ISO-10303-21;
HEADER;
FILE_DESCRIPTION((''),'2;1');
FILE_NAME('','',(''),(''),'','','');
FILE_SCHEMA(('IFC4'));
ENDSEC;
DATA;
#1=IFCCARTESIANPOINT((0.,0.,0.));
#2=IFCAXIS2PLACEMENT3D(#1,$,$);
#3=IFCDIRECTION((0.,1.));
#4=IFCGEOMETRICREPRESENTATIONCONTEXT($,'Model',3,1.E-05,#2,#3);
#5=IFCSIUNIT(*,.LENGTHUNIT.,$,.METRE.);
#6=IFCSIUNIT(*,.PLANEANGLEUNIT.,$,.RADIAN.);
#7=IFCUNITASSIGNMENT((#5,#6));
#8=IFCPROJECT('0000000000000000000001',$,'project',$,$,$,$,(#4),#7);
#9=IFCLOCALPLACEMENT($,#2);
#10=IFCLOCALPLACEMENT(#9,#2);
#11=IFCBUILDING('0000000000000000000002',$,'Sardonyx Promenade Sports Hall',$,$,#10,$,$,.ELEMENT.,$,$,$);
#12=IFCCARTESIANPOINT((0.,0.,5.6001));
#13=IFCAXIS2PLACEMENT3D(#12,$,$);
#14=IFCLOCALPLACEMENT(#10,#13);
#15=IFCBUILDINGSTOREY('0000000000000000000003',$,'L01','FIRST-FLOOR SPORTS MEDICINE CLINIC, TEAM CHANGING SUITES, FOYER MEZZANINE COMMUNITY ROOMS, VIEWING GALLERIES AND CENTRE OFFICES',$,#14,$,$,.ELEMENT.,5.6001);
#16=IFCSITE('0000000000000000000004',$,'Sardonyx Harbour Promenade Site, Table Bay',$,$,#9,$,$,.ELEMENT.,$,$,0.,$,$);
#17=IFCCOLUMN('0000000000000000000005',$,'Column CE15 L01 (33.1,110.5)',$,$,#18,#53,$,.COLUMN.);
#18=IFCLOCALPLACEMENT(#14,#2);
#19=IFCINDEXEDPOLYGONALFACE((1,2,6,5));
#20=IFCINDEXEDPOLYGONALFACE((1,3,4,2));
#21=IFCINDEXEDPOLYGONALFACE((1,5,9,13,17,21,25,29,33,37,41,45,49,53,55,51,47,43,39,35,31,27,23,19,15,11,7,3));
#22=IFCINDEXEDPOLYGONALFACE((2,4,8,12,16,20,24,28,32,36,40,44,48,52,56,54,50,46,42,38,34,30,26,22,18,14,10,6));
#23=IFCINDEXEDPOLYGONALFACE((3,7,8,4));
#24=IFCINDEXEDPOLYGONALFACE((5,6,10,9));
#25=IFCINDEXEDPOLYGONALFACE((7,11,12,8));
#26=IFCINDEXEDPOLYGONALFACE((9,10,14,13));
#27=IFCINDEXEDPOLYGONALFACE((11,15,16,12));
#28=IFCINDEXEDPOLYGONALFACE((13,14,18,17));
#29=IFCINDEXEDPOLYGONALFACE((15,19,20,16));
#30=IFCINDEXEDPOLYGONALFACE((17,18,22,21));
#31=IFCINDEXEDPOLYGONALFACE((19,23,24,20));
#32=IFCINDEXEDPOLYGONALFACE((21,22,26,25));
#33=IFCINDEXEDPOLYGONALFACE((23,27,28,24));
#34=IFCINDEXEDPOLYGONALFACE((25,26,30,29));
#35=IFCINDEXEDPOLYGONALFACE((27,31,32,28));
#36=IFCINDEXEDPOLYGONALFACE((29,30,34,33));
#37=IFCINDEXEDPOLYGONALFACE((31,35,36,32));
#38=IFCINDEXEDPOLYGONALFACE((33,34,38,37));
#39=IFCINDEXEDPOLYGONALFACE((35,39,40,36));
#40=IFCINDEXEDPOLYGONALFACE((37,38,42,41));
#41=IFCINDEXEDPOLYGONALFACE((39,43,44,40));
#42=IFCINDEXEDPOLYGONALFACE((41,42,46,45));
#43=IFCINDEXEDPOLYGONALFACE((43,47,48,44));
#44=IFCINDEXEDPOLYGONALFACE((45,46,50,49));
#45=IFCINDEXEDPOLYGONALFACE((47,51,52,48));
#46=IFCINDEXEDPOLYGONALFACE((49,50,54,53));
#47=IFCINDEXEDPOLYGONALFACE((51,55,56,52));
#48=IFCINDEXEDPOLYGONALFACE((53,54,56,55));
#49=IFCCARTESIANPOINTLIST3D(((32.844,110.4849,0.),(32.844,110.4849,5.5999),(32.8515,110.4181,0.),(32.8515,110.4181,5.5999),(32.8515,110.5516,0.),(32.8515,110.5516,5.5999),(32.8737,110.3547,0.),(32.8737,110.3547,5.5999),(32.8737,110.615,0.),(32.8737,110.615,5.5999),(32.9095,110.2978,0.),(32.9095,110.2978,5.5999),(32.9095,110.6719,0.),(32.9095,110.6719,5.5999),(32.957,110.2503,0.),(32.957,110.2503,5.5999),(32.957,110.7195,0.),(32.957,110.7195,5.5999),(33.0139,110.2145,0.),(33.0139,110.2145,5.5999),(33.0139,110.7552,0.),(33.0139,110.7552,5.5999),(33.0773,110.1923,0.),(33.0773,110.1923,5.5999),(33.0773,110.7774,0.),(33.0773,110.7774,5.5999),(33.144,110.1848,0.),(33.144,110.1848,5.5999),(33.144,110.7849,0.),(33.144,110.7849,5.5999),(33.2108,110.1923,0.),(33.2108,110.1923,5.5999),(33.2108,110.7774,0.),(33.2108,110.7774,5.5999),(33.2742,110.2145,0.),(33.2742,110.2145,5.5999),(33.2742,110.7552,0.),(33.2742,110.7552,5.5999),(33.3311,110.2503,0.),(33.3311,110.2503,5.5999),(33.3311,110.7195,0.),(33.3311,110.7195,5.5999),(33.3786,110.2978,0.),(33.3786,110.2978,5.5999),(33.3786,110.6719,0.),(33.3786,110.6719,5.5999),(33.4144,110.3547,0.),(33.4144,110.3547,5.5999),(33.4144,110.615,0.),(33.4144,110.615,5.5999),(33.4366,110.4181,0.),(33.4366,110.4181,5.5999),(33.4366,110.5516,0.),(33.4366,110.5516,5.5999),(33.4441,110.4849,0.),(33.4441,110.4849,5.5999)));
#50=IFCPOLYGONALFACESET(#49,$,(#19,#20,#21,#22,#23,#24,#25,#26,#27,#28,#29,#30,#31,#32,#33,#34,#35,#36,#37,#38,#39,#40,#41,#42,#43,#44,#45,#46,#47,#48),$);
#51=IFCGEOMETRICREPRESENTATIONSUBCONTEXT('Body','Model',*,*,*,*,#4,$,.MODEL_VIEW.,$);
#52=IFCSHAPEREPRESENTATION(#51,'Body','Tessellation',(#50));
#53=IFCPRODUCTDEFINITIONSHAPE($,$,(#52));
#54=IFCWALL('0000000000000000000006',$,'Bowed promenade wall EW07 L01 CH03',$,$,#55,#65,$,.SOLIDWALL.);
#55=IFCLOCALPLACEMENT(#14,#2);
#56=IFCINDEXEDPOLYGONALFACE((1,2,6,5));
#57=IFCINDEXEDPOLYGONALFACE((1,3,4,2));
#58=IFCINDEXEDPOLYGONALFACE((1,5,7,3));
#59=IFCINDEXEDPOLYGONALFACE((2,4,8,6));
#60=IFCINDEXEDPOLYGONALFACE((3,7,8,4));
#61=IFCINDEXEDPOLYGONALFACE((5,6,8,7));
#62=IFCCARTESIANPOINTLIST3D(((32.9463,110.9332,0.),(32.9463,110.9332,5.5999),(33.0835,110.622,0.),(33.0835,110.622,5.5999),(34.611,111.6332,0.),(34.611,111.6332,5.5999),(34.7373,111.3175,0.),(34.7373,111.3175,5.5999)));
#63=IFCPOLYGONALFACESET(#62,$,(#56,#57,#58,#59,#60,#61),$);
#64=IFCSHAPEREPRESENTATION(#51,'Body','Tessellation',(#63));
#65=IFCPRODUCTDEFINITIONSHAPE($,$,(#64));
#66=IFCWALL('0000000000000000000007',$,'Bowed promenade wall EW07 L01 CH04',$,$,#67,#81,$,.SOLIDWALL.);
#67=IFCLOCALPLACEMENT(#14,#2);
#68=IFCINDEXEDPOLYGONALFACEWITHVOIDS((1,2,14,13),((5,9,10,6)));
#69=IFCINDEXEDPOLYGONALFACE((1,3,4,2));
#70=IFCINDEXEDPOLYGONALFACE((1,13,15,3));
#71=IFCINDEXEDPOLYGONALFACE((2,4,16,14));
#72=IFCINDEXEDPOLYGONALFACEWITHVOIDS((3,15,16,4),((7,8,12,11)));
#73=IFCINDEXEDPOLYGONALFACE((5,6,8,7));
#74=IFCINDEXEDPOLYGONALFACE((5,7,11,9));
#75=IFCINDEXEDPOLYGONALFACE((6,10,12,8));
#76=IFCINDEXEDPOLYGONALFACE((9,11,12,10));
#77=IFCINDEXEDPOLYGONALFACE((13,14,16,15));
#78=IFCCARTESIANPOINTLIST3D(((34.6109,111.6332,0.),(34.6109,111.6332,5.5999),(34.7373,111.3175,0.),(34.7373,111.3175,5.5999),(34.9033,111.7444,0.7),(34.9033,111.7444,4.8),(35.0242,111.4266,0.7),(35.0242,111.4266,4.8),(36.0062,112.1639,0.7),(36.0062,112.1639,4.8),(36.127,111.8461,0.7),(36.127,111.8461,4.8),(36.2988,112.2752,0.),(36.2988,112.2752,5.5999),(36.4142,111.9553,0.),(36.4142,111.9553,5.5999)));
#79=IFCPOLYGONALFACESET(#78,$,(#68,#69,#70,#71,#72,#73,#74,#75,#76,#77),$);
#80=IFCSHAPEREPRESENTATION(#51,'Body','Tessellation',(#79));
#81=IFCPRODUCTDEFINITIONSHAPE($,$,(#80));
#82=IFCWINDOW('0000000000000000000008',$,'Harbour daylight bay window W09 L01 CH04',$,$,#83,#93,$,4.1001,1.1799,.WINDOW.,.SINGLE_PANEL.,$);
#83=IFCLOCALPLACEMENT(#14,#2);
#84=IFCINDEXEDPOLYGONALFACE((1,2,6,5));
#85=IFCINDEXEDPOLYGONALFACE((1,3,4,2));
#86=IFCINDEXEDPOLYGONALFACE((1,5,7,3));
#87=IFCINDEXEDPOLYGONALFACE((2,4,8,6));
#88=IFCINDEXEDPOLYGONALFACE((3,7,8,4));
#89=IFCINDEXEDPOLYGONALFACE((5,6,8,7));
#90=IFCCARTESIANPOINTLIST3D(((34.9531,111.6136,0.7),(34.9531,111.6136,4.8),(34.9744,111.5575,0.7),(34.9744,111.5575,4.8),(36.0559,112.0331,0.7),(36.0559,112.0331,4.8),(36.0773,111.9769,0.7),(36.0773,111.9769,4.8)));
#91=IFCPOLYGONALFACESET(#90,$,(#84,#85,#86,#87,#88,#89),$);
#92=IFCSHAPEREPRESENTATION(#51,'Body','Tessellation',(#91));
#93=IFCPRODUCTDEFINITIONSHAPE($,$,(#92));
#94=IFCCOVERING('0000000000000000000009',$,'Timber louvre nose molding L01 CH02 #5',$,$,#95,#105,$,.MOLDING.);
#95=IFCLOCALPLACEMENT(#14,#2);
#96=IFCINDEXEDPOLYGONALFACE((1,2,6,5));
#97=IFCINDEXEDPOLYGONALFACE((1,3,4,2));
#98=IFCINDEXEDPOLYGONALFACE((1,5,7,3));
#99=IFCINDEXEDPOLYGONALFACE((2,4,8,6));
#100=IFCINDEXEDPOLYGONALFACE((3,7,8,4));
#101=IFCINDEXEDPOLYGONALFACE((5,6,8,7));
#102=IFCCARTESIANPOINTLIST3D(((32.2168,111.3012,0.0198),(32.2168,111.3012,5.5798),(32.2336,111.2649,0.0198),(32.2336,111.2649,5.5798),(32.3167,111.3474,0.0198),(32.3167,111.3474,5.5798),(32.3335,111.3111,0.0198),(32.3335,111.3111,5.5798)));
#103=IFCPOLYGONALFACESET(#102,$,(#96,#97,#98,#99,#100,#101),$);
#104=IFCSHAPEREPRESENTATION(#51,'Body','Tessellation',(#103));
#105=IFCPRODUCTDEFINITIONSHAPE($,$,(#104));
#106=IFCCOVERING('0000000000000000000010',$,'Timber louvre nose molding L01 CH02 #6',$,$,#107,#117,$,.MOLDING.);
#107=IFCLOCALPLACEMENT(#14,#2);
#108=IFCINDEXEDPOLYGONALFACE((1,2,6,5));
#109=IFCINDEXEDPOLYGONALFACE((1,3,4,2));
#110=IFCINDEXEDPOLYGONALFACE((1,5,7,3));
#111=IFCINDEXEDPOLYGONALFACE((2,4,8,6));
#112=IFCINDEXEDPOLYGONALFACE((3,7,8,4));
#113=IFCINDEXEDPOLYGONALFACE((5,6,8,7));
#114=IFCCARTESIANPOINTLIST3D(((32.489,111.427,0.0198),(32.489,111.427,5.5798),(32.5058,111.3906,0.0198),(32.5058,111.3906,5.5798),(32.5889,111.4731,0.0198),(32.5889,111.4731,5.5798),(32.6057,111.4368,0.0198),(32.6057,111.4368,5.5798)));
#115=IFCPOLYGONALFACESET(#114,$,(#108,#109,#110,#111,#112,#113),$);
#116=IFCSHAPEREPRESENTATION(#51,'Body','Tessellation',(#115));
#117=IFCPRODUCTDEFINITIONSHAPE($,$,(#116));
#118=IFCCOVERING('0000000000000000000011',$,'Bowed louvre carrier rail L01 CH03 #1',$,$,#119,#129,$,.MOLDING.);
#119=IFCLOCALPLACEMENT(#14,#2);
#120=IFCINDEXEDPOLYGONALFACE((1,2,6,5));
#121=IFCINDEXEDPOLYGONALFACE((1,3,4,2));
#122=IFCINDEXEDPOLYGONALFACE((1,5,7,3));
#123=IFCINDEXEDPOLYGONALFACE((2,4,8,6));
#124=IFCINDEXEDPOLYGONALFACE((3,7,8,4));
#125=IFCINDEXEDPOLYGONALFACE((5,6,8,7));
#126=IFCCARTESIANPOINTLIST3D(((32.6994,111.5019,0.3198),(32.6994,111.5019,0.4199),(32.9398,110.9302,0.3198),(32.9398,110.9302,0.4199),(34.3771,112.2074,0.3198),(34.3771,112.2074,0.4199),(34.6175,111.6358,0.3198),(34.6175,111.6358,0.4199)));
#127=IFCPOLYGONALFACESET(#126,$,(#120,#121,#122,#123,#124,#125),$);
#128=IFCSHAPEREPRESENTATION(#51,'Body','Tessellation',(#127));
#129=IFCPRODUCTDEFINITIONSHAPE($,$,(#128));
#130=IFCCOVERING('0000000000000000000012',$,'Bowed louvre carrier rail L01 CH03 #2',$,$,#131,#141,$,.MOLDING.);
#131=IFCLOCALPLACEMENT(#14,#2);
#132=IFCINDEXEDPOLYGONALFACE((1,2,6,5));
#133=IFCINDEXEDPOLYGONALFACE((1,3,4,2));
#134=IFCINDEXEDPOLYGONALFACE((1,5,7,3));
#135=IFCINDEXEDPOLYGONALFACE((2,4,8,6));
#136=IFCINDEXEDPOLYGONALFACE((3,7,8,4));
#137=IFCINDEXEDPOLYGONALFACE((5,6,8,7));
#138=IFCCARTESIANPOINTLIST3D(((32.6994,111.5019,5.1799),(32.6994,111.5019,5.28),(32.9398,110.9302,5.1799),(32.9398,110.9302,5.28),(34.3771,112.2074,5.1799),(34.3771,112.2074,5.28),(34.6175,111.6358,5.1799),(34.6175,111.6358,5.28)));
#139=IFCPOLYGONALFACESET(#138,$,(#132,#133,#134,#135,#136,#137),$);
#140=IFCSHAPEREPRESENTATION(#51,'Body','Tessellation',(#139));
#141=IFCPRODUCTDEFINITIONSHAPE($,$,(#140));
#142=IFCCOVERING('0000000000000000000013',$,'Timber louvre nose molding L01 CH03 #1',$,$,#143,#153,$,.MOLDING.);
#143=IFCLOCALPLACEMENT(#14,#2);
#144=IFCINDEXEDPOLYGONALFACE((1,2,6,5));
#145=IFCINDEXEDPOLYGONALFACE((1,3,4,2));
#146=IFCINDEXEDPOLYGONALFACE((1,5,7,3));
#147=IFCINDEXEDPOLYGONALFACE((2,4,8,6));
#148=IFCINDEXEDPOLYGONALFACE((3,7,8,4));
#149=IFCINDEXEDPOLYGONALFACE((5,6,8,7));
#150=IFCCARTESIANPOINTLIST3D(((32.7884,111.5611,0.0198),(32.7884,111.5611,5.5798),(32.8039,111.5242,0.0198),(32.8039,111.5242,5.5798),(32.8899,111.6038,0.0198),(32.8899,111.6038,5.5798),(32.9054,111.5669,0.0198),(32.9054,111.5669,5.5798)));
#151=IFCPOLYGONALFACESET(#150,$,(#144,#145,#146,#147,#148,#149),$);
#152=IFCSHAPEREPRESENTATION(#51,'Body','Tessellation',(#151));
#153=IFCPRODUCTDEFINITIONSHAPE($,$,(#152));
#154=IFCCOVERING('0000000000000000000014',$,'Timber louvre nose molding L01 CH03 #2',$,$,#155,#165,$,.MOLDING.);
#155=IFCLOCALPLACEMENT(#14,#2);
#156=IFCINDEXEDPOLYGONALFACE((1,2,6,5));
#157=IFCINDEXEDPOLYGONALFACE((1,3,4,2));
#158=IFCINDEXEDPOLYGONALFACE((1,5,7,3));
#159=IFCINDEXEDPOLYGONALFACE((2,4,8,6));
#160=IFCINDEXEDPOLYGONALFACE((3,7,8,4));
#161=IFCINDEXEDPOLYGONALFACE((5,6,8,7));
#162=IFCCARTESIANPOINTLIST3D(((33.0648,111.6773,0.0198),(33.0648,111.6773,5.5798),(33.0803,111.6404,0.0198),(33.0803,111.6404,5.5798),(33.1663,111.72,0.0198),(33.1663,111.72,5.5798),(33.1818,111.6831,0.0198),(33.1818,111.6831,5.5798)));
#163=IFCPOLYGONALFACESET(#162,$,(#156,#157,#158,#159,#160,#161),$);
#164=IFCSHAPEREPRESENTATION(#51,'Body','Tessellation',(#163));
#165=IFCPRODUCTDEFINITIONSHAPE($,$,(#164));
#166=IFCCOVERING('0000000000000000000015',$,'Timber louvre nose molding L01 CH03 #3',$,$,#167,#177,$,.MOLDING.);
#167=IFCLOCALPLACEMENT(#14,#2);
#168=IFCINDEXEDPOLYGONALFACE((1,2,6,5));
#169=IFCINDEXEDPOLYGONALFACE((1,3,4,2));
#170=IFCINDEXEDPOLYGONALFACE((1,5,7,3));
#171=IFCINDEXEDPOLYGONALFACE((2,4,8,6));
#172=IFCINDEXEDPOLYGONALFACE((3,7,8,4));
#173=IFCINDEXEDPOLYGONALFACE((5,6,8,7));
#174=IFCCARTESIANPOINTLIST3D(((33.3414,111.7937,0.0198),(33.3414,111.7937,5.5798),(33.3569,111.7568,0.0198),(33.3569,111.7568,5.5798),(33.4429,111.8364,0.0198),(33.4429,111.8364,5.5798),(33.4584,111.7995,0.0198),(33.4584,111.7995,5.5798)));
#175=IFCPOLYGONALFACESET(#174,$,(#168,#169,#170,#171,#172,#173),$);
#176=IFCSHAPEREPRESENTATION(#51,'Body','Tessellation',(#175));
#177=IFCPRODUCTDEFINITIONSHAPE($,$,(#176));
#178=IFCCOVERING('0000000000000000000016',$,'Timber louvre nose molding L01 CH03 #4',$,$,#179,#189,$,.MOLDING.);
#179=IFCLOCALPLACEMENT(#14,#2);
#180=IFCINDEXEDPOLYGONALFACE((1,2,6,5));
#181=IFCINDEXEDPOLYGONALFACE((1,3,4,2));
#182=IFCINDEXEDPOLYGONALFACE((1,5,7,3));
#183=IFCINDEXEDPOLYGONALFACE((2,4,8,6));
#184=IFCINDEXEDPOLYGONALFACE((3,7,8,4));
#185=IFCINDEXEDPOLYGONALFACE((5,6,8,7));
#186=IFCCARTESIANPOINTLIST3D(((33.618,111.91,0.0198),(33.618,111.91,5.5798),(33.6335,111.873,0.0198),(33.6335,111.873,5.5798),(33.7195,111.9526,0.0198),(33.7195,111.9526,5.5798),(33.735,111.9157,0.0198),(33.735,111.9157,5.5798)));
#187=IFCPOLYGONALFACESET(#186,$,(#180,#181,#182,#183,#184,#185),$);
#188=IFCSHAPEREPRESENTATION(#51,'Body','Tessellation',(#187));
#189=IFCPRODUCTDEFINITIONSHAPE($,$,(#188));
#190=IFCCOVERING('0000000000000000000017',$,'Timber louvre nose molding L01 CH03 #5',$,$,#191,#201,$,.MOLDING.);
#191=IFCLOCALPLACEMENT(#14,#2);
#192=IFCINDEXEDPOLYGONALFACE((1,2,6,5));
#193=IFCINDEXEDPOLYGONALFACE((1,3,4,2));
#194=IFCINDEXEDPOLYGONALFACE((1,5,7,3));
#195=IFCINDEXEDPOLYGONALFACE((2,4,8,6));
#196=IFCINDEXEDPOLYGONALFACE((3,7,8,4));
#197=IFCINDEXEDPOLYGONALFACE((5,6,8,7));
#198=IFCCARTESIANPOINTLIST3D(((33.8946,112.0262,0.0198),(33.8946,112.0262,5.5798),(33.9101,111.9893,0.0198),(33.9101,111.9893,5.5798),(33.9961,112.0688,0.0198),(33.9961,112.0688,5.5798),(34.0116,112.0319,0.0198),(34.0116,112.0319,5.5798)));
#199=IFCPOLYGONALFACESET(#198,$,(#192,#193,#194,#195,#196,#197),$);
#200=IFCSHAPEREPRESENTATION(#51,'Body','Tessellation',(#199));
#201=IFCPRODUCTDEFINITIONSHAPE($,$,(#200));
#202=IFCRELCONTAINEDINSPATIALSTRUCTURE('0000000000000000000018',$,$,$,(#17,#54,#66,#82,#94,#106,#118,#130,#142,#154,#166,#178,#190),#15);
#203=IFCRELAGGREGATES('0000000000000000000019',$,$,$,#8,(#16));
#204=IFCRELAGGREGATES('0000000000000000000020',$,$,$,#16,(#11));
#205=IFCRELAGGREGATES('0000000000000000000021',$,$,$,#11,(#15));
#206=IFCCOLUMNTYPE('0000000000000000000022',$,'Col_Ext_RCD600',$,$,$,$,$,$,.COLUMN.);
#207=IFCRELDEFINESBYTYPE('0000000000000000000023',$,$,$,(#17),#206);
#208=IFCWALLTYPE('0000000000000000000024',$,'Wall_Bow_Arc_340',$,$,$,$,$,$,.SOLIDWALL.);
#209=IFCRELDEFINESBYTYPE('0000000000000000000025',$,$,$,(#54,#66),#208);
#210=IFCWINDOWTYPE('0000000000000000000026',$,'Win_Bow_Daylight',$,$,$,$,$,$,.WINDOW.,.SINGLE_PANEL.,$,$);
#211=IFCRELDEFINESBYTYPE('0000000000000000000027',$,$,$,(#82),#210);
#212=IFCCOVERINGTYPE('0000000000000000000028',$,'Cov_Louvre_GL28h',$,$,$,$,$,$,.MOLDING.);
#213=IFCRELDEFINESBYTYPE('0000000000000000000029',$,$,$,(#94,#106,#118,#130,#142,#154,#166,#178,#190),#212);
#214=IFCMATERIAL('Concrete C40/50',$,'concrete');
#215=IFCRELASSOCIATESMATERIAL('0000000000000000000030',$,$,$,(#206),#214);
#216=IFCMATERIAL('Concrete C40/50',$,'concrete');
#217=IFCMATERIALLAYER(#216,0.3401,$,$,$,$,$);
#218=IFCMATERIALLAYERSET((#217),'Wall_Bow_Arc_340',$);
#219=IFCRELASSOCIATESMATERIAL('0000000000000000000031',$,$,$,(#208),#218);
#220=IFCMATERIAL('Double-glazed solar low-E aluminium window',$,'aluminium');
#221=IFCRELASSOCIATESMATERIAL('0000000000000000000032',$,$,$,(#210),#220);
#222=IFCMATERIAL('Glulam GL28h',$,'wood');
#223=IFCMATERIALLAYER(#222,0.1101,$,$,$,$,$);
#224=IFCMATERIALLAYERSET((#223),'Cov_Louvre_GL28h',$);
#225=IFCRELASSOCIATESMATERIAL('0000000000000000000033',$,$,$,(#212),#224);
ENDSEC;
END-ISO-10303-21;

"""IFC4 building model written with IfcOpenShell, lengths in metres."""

from ifc_helpers import new_model, si_unit, direction, frame, frame_2d, origin, origin_2d, place, context, subcontext, project, spatial, polyline, rectangle, circle, outline, extrude, material, layer, layer_set, material_profile, profile_set, type_object, element, fill, save


model = new_model("IFC4")

# Units and contexts
model_context = context("Model", 3, precision=1e-05, world=origin(), true_north=direction((0.0, 1.0)))
body_context = subcontext(model_context, "Body", "Model", "MODEL_VIEW")
ifc_project = project(units=[si_unit("LENGTHUNIT", "METRE"), si_unit("PLANEANGLEUNIT", "RADIAN")], contexts=[model_context])

# Site, building, storey
site_placement = place(None, origin())
site = spatial("IfcSite", under=ifc_project, at=site_placement, Name="Sardonyx Harbour Promenade Site, Table Bay", CompositionType="ELEMENT", RefElevation=0.0)
building_placement = place(site_placement, origin())
building = spatial("IfcBuilding", under=site, at=building_placement, Name="Sardonyx Promenade Sports Hall", CompositionType="ELEMENT")
storey_placement = place(building_placement, frame((0.0, 0.0, 5.6001)))
storey = spatial("IfcBuildingStorey", under=building, at=storey_placement, Name="L01", Description="FIRST-FLOOR SPORTS MEDICINE CLINIC, TEAM CHANGING SUITES, FOYER MEZZANINE COMMUNITY ROOMS, VIEWING GALLERIES AND CENTRE OFFICES", CompositionType="ELEMENT", Elevation=5.6001)

# Column
ifc_material_1 = material(Name="Concrete C40/50", Category="concrete")
ifc_material_profile = material_profile(ifc_material_1, circle(Radius=0.3, at=origin_2d()))
ifc_profile_set = profile_set([ifc_material_profile], Name="Concrete C40/50")
column_type = type_object("IfcColumnType", Name="Col_Ext_RCD600", PredefinedType="COLUMN", material=ifc_profile_set)
column_placement = place(storey_placement, frame((33.144, 110.4849, 0.0), z_axis=(0.0, 0.0, 1.0), x_axis=(1.0, 0.0, 0.0)))
element("IfcColumn", 1, at=column_placement, inside=storey, type_object=column_type, Name="Column CE15 L01 (33.1,110.5)", PredefinedType="COLUMN", context=body_context, shape_type="SweptSolid", body=[
    extrude(circle(Radius=0.3, at=origin_2d()), origin(), (0.0, 0.0, 1.0), 5.5999),
])

# Wall
ifc_material_2 = material(Name="Concrete C40/50", Category="concrete")
ifc_layer_1 = layer(ifc_material_2, 0.3401)
ifc_layer_set_1 = layer_set([ifc_layer_1], Name="Wall_Bow_Arc_340")
wall_type = type_object("IfcWallType", Name="Wall_Bow_Arc_340", PredefinedType="SOLIDWALL", material=ifc_layer_set_1)
wall_1_placement = place(storey_placement, frame((33.0149, 110.7776, 0.0), z_axis=(0.0, 0.0, 1.0), x_axis=(0.921804, 0.387657, 0.0)))
element("IfcWall", 2, at=wall_1_placement, inside=storey, type_object=wall_type, Name="Bowed promenade wall EW07 L01 CH03", PredefinedType="SOLIDWALL", context=body_context, shape_type="SweptSolid", body=[
    extrude(outline(polyline([(0.0029, -0.17), (1.7971, -0.17), (1.8029, 0.17), (-0.0029, 0.17), (0.0029, -0.17)])), origin(), (0.0, 0.0, 1.0), 5.5999),
])

# Wall, opening, window
wall_2_placement = place(storey_placement, frame((34.6741, 111.4753, 0.0), z_axis=(0.0, 0.0, 1.0), x_axis=(0.934675, 0.355505, 0.0)))
wall_2 = element("IfcWall", 3, at=wall_2_placement, inside=storey, type_object=wall_type, Name="Bowed promenade wall EW07 L01 CH04", PredefinedType="SOLIDWALL", context=body_context, shape_type="SweptSolid", body=[
    extrude(outline(polyline([(0.0029, -0.17), (1.7971, -0.17), (1.8029, 0.17), (-0.0029, 0.17), (0.0029, -0.17)])), origin(), (0.0, 0.0, 1.0), 5.5999),
])
opening_placement = place(wall_2_placement, frame((0.3101, 0.0, 0.7)))
opening = element("IfcOpeningElement", 4, at=opening_placement, cuts=wall_2, PredefinedType="OPENING", context=body_context, shape_type="SweptSolid", body=[
    extrude(rectangle(XDim=1.1799, YDim=4.1001, at=frame_2d((0.5898, 2.05))), frame((0.0, 0.18, 0.0), z_axis=(0.0, -1.0, 0.0), x_axis=(1.0, 0.0, 0.0)), (0.0, 0.0, 1.0), 0.36),
])
ifc_material_3 = material(Name="Double-glazed solar low-E aluminium window", Category="aluminium")
window_type = type_object("IfcWindowType", Name="Win_Bow_Daylight", PartitioningType="SINGLE_PANEL", PredefinedType="WINDOW", material=ifc_material_3)
window_placement = place(opening_placement, origin())
window = element("IfcWindow", 5, at=window_placement, inside=storey, type_object=window_type, Name="Harbour daylight bay window W09 L01 CH04", OverallHeight=4.1001, OverallWidth=1.1799, PartitioningType="SINGLE_PANEL", PredefinedType="WINDOW", context=body_context, shape_type="SweptSolid", body=[
    extrude(rectangle(XDim=1.1799, YDim=4.1001, at=frame_2d((0.5898, 2.05))), frame((0.0, 0.03, 0.0), z_axis=(0.0, -1.0, 0.0), x_axis=(1.0, 0.0, 0.0)), (0.0, 0.0, 1.0), 0.0601),
])
fill(opening, window)

# Coverings
ifc_material_4 = material(Name="Glulam GL28h", Category="wood")
ifc_layer_2 = layer(ifc_material_4, 0.1101)
ifc_layer_set_2 = layer_set([ifc_layer_2], Name="Cov_Louvre_GL28h")
covering_type = type_object("IfcCoveringType", Name="Cov_Louvre_GL28h", PredefinedType="MOLDING", material=ifc_layer_set_2)
for number, where, z_axis, x_axis, name in (
    (6, (32.2751, 111.3062, 0.0198), (0.0, 0.0, 1.0), (0.907831, 0.419336, 0.0), "Timber louvre nose molding L01 CH02 #5"),
    (7, (32.5474, 111.4319, 0.0198), (0.0, 0.0, 1.0), (0.907831, 0.419336, 0.0), "Timber louvre nose molding L01 CH02 #6"),
):
    element("IfcCovering", number, at=place(storey_placement, frame(where, z_axis=z_axis, x_axis=x_axis)), inside=storey, type_object=covering_type, Name=name, PredefinedType="MOLDING", context=body_context, shape_type="SweptSolid", body=[
        extrude(rectangle(XDim=0.1101, YDim=0.04, at=origin_2d()), origin(), (0.0, 0.0, 1.0), 5.5601),
    ])
for number, where, z_axis, x_axis, name in (
    (8, (33.6584, 111.5688, 0.3198), (0.0, 0.0, 1.0), (0.9218, 0.387665, 0.0), "Bowed louvre carrier rail L01 CH03 #1"),
    (9, (33.6584, 111.5688, 5.1799), (0.0, 0.0, 1.0), (0.9218, 0.387665, 0.0), "Bowed louvre carrier rail L01 CH03 #2"),
):
    element("IfcCovering", number, at=place(storey_placement, frame(where, z_axis=z_axis, x_axis=x_axis)), inside=storey, type_object=covering_type, Name=name, PredefinedType="MOLDING", context=body_context, shape_type="SweptSolid", body=[
        extrude(rectangle(XDim=1.8201, YDim=0.6201, at=origin_2d()), origin(), (0.0, 0.0, 1.0), 0.1001),
    ])
for number, where, z_axis, x_axis, name in (
    (10, (32.8469, 111.564, 0.0198), (0.0, 0.0, 1.0), (0.9218, 0.387665, 0.0), "Timber louvre nose molding L01 CH03 #1"),
    (11, (33.1233, 111.6802, 0.0198), (0.0, 0.0, 1.0), (0.9218, 0.387665, 0.0), "Timber louvre nose molding L01 CH03 #2"),
    (12, (33.3999, 111.7966, 0.0198), (0.0, 0.0, 1.0), (0.9218, 0.387665, 0.0), "Timber louvre nose molding L01 CH03 #3"),
    (13, (33.6765, 111.9128, 0.0198), (0.0, 0.0, 1.0), (0.9218, 0.387665, 0.0), "Timber louvre nose molding L01 CH03 #4"),
    (14, (33.9531, 112.0291, 0.0198), (0.0, 0.0, 1.0), (0.9218, 0.387665, 0.0), "Timber louvre nose molding L01 CH03 #5"),
):
    element("IfcCovering", number, at=place(storey_placement, frame(where, z_axis=z_axis, x_axis=x_axis)), inside=storey, type_object=covering_type, Name=name, PredefinedType="MOLDING", context=body_context, shape_type="SweptSolid", body=[
        extrude(rectangle(XDim=0.1101, YDim=0.04, at=origin_2d()), origin(), (0.0, 0.0, 1.0), 5.5601),
    ])

save(model, "model.ifc")
